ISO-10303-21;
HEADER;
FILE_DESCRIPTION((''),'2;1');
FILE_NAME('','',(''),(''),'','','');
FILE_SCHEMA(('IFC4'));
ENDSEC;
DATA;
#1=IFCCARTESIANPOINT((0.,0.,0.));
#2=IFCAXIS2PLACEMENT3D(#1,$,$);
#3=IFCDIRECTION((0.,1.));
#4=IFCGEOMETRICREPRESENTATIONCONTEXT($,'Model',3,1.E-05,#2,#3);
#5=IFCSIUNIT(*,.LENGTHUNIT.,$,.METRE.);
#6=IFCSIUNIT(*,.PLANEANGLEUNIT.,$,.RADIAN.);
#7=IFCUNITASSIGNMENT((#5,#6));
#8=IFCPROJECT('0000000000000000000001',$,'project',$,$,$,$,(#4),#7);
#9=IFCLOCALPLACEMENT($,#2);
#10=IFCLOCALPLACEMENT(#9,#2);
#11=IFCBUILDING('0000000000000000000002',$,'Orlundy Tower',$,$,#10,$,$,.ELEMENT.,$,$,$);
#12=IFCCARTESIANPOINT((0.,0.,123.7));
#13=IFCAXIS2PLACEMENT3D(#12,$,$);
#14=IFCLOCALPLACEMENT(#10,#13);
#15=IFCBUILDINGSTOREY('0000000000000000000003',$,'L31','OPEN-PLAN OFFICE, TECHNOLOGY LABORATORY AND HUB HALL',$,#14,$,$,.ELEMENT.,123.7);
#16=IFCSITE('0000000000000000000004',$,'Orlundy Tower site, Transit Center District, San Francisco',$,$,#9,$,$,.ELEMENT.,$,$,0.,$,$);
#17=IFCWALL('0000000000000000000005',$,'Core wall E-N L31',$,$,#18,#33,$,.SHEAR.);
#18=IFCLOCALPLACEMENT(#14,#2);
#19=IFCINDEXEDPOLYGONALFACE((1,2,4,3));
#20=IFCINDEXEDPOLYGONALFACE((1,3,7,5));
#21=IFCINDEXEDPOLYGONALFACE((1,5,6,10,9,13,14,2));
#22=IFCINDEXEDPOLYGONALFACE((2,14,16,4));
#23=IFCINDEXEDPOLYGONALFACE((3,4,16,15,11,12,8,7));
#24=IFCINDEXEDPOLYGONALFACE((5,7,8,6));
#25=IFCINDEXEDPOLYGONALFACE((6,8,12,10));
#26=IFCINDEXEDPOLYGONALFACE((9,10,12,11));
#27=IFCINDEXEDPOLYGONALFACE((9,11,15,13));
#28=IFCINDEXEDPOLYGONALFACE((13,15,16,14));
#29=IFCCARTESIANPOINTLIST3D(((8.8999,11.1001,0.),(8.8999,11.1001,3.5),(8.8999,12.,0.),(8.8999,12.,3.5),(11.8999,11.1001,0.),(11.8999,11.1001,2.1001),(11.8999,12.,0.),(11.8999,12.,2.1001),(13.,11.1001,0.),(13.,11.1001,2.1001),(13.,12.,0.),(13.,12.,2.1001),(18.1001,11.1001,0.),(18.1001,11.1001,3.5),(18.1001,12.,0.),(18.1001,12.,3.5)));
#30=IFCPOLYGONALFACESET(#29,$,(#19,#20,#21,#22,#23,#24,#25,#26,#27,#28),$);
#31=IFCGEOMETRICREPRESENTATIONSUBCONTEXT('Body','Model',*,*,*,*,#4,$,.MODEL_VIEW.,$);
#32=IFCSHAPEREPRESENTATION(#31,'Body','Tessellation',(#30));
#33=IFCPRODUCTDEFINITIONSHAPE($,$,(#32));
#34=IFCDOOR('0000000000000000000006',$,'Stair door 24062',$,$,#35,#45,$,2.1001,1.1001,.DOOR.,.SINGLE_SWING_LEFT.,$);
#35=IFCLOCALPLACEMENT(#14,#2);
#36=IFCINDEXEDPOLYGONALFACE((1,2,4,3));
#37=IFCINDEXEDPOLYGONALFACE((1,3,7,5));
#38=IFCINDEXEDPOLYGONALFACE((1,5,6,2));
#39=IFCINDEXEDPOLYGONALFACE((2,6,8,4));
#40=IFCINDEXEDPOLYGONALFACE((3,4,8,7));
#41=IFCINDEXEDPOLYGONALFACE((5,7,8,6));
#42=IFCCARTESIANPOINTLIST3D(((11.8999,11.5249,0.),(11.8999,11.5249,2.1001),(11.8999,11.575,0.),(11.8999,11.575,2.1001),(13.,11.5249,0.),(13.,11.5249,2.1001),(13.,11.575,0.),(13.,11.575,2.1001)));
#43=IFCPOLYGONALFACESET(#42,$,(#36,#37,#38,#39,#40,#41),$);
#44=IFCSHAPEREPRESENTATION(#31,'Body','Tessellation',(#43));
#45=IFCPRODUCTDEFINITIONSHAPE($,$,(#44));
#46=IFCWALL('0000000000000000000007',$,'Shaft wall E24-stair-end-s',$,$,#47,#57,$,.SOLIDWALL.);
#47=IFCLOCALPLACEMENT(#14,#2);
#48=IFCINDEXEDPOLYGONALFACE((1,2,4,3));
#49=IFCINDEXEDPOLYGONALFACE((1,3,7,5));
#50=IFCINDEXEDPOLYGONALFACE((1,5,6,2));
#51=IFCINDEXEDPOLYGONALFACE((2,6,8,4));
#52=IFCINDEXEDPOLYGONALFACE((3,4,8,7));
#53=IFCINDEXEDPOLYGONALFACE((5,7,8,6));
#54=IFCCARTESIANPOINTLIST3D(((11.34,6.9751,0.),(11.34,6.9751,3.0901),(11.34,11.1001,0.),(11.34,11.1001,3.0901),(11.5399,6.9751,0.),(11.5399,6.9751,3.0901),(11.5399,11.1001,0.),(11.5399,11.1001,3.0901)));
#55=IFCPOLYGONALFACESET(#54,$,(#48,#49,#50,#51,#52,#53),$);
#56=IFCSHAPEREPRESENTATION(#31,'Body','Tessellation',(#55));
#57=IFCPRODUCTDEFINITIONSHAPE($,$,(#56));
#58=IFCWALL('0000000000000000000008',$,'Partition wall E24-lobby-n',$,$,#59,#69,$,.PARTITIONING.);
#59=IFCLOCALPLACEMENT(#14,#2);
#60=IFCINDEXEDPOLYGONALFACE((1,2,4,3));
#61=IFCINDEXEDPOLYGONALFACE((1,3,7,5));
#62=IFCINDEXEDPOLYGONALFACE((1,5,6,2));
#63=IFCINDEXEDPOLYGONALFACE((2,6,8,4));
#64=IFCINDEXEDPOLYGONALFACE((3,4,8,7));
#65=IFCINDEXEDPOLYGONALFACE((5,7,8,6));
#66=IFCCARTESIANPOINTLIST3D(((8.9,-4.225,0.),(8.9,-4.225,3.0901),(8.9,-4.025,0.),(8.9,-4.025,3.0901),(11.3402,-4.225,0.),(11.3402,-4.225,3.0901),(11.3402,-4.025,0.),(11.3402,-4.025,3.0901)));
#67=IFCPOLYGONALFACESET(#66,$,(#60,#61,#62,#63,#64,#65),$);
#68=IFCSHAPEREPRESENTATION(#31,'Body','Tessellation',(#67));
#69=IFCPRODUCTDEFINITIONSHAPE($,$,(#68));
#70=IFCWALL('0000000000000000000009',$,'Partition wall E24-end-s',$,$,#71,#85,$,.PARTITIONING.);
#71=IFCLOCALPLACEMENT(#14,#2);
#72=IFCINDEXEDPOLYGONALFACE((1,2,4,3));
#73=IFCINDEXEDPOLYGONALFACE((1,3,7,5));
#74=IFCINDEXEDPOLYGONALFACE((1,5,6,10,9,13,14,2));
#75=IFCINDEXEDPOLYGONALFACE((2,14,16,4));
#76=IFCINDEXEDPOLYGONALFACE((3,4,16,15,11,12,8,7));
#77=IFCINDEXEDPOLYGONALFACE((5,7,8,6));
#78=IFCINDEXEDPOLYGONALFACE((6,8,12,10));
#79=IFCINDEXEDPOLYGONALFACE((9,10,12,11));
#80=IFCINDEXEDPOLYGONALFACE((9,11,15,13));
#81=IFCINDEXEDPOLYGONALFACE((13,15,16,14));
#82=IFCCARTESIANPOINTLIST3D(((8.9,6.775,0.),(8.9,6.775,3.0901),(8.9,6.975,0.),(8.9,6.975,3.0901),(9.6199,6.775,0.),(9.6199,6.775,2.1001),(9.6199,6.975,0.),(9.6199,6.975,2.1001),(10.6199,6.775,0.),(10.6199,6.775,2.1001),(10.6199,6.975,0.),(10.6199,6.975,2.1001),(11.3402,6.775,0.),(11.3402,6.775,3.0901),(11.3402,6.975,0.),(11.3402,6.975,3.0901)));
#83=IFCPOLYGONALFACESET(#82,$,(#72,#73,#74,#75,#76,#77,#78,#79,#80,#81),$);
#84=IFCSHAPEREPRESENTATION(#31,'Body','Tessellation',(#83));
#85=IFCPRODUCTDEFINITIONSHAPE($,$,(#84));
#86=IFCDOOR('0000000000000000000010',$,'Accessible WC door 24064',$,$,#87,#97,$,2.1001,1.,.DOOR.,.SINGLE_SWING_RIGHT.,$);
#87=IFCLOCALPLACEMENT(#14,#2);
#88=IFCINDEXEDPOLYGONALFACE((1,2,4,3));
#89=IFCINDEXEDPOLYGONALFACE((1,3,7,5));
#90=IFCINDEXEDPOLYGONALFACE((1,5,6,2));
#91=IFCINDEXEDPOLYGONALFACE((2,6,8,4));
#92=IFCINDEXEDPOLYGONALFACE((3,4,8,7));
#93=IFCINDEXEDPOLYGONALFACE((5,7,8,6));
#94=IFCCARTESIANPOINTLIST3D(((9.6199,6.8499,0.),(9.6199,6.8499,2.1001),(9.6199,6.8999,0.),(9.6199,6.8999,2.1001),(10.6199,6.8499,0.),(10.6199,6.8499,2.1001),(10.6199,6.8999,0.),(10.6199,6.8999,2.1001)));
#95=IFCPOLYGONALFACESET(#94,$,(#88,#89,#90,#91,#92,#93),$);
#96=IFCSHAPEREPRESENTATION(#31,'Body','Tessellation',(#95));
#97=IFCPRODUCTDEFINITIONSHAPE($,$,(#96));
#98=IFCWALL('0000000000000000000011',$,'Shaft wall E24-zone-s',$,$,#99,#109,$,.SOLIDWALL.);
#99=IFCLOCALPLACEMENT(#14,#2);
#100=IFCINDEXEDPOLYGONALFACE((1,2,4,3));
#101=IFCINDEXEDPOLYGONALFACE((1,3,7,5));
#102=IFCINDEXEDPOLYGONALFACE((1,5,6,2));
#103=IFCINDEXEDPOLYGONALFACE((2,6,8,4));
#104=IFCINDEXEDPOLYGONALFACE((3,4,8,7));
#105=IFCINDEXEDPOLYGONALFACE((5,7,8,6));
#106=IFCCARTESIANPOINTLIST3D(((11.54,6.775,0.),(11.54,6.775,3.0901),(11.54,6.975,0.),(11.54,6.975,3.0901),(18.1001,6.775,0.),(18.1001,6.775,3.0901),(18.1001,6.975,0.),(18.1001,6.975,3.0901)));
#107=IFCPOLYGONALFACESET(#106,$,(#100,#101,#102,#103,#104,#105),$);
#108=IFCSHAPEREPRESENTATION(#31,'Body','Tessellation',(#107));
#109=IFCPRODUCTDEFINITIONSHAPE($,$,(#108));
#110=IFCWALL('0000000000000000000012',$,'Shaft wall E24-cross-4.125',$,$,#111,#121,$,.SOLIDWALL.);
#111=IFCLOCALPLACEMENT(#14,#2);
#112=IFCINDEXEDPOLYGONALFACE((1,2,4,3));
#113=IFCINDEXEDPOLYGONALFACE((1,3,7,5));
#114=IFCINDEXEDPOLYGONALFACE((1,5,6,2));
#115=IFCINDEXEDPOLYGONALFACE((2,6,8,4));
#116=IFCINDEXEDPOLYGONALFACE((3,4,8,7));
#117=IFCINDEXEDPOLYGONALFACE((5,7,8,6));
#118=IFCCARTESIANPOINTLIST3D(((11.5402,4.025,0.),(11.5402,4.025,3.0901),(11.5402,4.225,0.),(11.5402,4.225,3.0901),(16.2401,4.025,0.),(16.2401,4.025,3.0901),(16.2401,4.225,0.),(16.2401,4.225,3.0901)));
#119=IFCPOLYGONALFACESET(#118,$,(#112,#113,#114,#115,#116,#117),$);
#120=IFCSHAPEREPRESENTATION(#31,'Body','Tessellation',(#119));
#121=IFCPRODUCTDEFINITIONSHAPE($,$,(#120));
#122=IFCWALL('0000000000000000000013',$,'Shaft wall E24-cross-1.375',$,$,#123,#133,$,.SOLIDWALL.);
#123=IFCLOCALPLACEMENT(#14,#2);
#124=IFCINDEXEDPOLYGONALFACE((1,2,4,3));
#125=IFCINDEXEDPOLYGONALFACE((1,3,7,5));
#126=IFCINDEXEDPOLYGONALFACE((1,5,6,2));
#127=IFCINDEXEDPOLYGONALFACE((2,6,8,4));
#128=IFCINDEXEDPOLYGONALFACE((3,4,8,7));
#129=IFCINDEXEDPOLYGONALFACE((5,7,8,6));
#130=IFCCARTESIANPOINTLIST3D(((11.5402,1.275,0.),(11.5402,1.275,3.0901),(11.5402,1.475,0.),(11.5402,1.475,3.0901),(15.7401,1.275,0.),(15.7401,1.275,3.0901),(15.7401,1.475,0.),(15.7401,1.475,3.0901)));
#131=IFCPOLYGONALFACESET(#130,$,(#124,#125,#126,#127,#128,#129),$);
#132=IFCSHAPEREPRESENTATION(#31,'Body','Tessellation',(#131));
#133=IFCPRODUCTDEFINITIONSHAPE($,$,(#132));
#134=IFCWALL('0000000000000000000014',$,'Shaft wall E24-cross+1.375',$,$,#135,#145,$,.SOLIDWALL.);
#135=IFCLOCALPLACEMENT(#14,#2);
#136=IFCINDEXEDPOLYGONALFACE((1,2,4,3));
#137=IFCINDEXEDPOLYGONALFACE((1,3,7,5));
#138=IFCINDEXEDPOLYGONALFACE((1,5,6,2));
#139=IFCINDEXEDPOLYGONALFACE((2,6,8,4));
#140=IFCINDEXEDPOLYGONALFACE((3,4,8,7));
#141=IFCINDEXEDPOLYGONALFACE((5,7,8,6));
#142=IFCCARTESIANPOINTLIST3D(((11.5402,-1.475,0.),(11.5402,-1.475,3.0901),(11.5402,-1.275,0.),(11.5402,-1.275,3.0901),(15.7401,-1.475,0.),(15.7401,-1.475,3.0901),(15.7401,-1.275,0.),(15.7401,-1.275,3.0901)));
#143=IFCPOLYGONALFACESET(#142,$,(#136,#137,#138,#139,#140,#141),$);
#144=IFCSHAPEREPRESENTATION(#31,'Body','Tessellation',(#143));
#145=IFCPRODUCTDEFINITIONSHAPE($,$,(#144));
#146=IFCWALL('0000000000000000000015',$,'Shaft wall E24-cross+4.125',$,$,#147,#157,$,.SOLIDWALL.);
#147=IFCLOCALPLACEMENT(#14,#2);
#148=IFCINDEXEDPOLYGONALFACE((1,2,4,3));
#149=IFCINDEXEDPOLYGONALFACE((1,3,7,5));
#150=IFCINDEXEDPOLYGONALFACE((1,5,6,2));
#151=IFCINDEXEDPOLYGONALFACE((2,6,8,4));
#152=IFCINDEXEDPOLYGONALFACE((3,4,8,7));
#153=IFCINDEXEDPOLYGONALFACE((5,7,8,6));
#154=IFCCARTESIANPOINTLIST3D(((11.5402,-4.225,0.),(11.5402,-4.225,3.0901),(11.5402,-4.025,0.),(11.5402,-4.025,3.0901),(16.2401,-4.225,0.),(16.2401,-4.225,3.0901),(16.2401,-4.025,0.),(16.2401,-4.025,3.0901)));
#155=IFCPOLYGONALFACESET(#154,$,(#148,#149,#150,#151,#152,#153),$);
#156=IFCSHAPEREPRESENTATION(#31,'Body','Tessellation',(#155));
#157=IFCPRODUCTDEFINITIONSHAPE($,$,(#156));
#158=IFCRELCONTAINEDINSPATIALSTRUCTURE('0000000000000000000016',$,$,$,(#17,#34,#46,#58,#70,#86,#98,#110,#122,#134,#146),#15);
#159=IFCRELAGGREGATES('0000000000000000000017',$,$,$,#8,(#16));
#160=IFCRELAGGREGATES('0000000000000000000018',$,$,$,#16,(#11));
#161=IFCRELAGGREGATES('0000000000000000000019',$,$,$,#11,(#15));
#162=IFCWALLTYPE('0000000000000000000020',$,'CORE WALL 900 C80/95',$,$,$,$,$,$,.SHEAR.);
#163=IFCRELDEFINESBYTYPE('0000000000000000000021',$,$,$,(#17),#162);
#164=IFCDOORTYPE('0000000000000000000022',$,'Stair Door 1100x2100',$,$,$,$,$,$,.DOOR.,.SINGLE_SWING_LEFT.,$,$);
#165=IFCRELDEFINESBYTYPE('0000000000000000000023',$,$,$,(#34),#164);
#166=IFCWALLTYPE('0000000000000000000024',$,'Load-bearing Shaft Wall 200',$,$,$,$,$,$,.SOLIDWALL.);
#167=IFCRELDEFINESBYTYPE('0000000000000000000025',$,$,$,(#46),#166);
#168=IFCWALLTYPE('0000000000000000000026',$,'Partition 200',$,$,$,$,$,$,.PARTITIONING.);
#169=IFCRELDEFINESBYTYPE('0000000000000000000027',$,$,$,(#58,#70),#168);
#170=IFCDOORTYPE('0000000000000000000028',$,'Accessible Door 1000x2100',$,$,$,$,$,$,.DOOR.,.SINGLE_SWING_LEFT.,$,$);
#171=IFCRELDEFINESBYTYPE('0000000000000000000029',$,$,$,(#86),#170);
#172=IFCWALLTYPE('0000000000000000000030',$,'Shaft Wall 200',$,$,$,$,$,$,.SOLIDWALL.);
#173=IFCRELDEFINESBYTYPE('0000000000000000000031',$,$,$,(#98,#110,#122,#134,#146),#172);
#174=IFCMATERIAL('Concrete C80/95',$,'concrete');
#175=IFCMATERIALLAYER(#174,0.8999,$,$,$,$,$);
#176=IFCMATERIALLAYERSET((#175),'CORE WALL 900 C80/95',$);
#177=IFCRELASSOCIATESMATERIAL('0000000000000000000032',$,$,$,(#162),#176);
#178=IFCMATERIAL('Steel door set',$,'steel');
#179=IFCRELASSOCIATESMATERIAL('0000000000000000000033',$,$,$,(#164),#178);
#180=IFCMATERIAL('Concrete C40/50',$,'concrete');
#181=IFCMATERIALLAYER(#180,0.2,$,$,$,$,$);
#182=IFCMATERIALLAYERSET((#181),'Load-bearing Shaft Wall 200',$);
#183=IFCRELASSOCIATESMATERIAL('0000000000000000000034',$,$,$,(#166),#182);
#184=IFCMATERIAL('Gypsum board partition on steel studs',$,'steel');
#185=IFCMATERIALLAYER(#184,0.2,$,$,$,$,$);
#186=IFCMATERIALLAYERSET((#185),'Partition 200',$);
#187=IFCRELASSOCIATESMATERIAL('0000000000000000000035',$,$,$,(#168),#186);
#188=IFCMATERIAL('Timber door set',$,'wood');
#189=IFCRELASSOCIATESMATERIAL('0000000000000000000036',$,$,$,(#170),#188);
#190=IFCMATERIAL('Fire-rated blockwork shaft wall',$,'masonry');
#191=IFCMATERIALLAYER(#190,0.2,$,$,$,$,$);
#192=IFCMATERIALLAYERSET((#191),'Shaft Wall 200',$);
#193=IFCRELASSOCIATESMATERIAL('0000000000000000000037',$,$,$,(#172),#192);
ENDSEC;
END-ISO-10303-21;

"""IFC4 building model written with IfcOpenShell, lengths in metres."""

from ifc_helpers import new_model, si_unit, direction, frame, frame_2d, origin, place, context, subcontext, project, spatial, rectangle, extrude, material, layer, layer_set, type_object, element, fill, save


model = new_model("IFC4")

# Units and contexts
model_context = context("Model", 3, precision=1e-05, world=origin(), true_north=direction((0.0, 1.0)))
body_context = subcontext(model_context, "Body", "Model", "MODEL_VIEW")
ifc_project = project(units=[si_unit("LENGTHUNIT", "METRE"), si_unit("PLANEANGLEUNIT", "RADIAN")], contexts=[model_context])

# Site, building, storey
site_placement = place(None, origin())
site = spatial("IfcSite", under=ifc_project, at=site_placement, Name="Orlundy Tower site, Transit Center District, San Francisco", CompositionType="ELEMENT", RefElevation=0.0)
building_placement = place(site_placement, origin())
building = spatial("IfcBuilding", under=site, at=building_placement, Name="Orlundy Tower", CompositionType="ELEMENT")
storey_placement = place(building_placement, frame((0.0, 0.0, 123.7)))
storey = spatial("IfcBuildingStorey", under=building, at=storey_placement, Name="L31", Description="OPEN-PLAN OFFICE, TECHNOLOGY LABORATORY AND HUB HALL", CompositionType="ELEMENT", Elevation=123.7)

# Wall, opening, door
ifc_material_1 = material(Name="Concrete C80/95", Category="concrete")
ifc_layer_1 = layer(ifc_material_1, 0.8999)
ifc_layer_set_1 = layer_set([ifc_layer_1], Name="CORE WALL 900 C80/95")
wall_type_1 = type_object("IfcWallType", Name="CORE WALL 900 C80/95", PredefinedType="SHEAR", material=ifc_layer_set_1)
wall_1_placement = place(storey_placement, frame((8.8999, 11.55, 0.0), z_axis=(0.0, 0.0, 1.0), x_axis=(1.0, 0.0, 0.0)))
wall_1 = element("IfcWall", 1, at=wall_1_placement, inside=storey, type_object=wall_type_1, Name="Core wall E-N L31", PredefinedType="SHEAR", context=body_context, shape_type="SweptSolid", body=[
    extrude(rectangle(XDim=9.2002, YDim=0.8999, at=frame_2d((4.6001, 0.0))), origin(), (0.0, 0.0, 1.0), 3.5),
])
opening_1_placement = place(wall_1_placement, frame((3.0, 0.0, 0.0)))
opening_1 = element("IfcOpeningElement", 2, at=opening_1_placement, cuts=wall_1, PredefinedType="OPENING", context=body_context, shape_type="SweptSolid", body=[
    extrude(rectangle(XDim=1.1001, YDim=2.1001, at=frame_2d((0.55, 1.05))), frame((0.0, 0.46, 0.0), z_axis=(0.0, -1.0, 0.0), x_axis=(1.0, 0.0, 0.0)), (0.0, 0.0, 1.0), 0.9199),
])
ifc_material_2 = material(Name="Steel door set", Category="steel")
door_type_1 = type_object("IfcDoorType", Name="Stair Door 1100x2100", OperationType="SINGLE_SWING_LEFT", PredefinedType="DOOR", material=ifc_material_2)
door_1_placement = place(opening_1_placement, origin())
door_1 = element("IfcDoor", 3, at=door_1_placement, inside=storey, type_object=door_type_1, Name="Stair door 24062", OperationType="SINGLE_SWING_LEFT", OverallHeight=2.1001, OverallWidth=1.1001, PredefinedType="DOOR", context=body_context, shape_type="SweptSolid", body=[
    extrude(rectangle(XDim=1.1001, YDim=2.1001, at=frame_2d((0.55, 1.05))), frame((0.0, 0.0249, 0.0), z_axis=(0.0, -1.0, 0.0), x_axis=(1.0, 0.0, 0.0)), (0.0, 0.0, 1.0), 0.05),
])
fill(opening_1, door_1)

# Walls
ifc_material_3 = material(Name="Concrete C40/50", Category="concrete")
ifc_layer_2 = layer(ifc_material_3, 0.2)
ifc_layer_set_2 = layer_set([ifc_layer_2], Name="Load-bearing Shaft Wall 200")
wall_type_2 = type_object("IfcWallType", Name="Load-bearing Shaft Wall 200", PredefinedType="SOLIDWALL", material=ifc_layer_set_2)
wall_2_placement = place(storey_placement, frame((11.4399, 11.1001, 0.0), z_axis=(0.0, 0.0, 1.0), x_axis=(0.0, -1.0, 0.0)))
element("IfcWall", 4, at=wall_2_placement, inside=storey, type_object=wall_type_2, Name="Shaft wall E24-stair-end-s", PredefinedType="SOLIDWALL", context=body_context, shape_type="SweptSolid", body=[
    extrude(rectangle(XDim=4.125, YDim=0.2, at=frame_2d((2.0625, 0.0))), origin(), (0.0, 0.0, 1.0), 3.0901),
])
ifc_material_4 = material(Name="Gypsum board partition on steel studs", Category="steel")
ifc_layer_3 = layer(ifc_material_4, 0.2)
ifc_layer_set_3 = layer_set([ifc_layer_3], Name="Partition 200")
wall_type_3 = type_object("IfcWallType", Name="Partition 200", PredefinedType="PARTITIONING", material=ifc_layer_set_3)
wall_3_placement = place(storey_placement, frame((8.8999, -4.125, 0.0), z_axis=(0.0, 0.0, 1.0), x_axis=(1.0, 0.0, 0.0)))
element("IfcWall", 5, at=wall_3_placement, inside=storey, type_object=wall_type_3, Name="Partition wall E24-lobby-n", PredefinedType="PARTITIONING", context=body_context, shape_type="SweptSolid", body=[
    extrude(rectangle(XDim=2.4402, YDim=0.2, at=frame_2d((1.2202, 0.0))), origin(), (0.0, 0.0, 1.0), 3.0901),
])

# Wall, opening, door
wall_4_placement = place(storey_placement, frame((8.8999, 6.875, 0.0), z_axis=(0.0, 0.0, 1.0), x_axis=(1.0, 0.0, 0.0)))
wall_4 = element("IfcWall", 6, at=wall_4_placement, inside=storey, type_object=wall_type_3, Name="Partition wall E24-end-s", PredefinedType="PARTITIONING", context=body_context, shape_type="SweptSolid", body=[
    extrude(rectangle(XDim=2.4402, YDim=0.2, at=frame_2d((1.2202, 0.0))), origin(), (0.0, 0.0, 1.0), 3.0901),
])
opening_2_placement = place(wall_4_placement, frame((0.72, 0.0, 0.0)))
opening_2 = element("IfcOpeningElement", 7, at=opening_2_placement, cuts=wall_4, PredefinedType="OPENING", context=body_context, shape_type="SweptSolid", body=[
    extrude(rectangle(XDim=1.0, YDim=2.1001, at=frame_2d((0.5, 1.05))), frame((0.0, 0.1101, 0.0), z_axis=(0.0, -1.0, 0.0), x_axis=(1.0, 0.0, 0.0)), (0.0, 0.0, 1.0), 0.2202),
])
ifc_material_5 = material(Name="Timber door set", Category="wood")
door_type_2 = type_object("IfcDoorType", Name="Accessible Door 1000x2100", OperationType="SINGLE_SWING_LEFT", PredefinedType="DOOR", material=ifc_material_5)
door_2_placement = place(opening_2_placement, origin())
door_2 = element("IfcDoor", 8, at=door_2_placement, inside=storey, type_object=door_type_2, Name="Accessible WC door 24064", OperationType="SINGLE_SWING_RIGHT", OverallHeight=2.1001, OverallWidth=1.0, PredefinedType="DOOR", context=body_context, shape_type="SweptSolid", body=[
    extrude(rectangle(XDim=1.0, YDim=2.1001, at=frame_2d((0.5, 1.05))), frame((0.0, 0.0249, 0.0), z_axis=(0.0, -1.0, 0.0), x_axis=(1.0, 0.0, 0.0)), (0.0, 0.0, 1.0), 0.05),
])
fill(opening_2, door_2)

# Walls
ifc_material_6 = material(Name="Fire-rated blockwork shaft wall", Category="masonry")
ifc_layer_4 = layer(ifc_material_6, 0.2)
ifc_layer_set_4 = layer_set([ifc_layer_4], Name="Shaft Wall 200")
wall_type_4 = type_object("IfcWallType", Name="Shaft Wall 200", PredefinedType="SOLIDWALL", material=ifc_layer_set_4)
wall_5_placement = place(storey_placement, frame((11.54, 6.875, 0.0), z_axis=(0.0, 0.0, 1.0), x_axis=(1.0, 0.0, 0.0)))
element("IfcWall", 9, at=wall_5_placement, inside=storey, type_object=wall_type_4, Name="Shaft wall E24-zone-s", PredefinedType="SOLIDWALL", context=body_context, shape_type="SweptSolid", body=[
    extrude(rectangle(XDim=6.5601, YDim=0.2, at=frame_2d((3.28, 0.0))), origin(), (0.0, 0.0, 1.0), 3.0901),
])
wall_6_placement = place(storey_placement, frame((11.54, 4.125, 0.0), z_axis=(0.0, 0.0, 1.0), x_axis=(1.0, 0.0, 0.0)))
element("IfcWall", 10, at=wall_6_placement, inside=storey, type_object=wall_type_4, Name="Shaft wall E24-cross-4.125", PredefinedType="SOLIDWALL", context=body_context, shape_type="SweptSolid", body=[
    extrude(rectangle(XDim=4.7, YDim=0.2, at=frame_2d((2.3501, 0.0))), origin(), (0.0, 0.0, 1.0), 3.0901),
])
for number, where, z_axis, x_axis, name in (
    (11, (11.54, 1.375, 0.0), (0.0, 0.0, 1.0), (1.0, 0.0, 0.0), "Shaft wall E24-cross-1.375"),
    (12, (11.54, -1.375, 0.0), (0.0, 0.0, 1.0), (1.0, 0.0, 0.0), "Shaft wall E24-cross+1.375"),
):
    element("IfcWall", number, at=place(storey_placement, frame(where, z_axis=z_axis, x_axis=x_axis)), inside=storey, type_object=wall_type_4, Name=name, PredefinedType="SOLIDWALL", context=body_context, shape_type="SweptSolid", body=[
        extrude(rectangle(XDim=4.2, YDim=0.2, at=frame_2d((2.1001, 0.0))), origin(), (0.0, 0.0, 1.0), 3.0901),
    ])
wall_7_placement = place(storey_placement, frame((11.54, -4.125, 0.0), z_axis=(0.0, 0.0, 1.0), x_axis=(1.0, 0.0, 0.0)))
element("IfcWall", 13, at=wall_7_placement, inside=storey, type_object=wall_type_4, Name="Shaft wall E24-cross+4.125", PredefinedType="SOLIDWALL", context=body_context, shape_type="SweptSolid", body=[
    extrude(rectangle(XDim=4.7, YDim=0.2, at=frame_2d((2.3501, 0.0))), origin(), (0.0, 0.0, 1.0), 3.0901),
])

save(model, "model.ifc")
